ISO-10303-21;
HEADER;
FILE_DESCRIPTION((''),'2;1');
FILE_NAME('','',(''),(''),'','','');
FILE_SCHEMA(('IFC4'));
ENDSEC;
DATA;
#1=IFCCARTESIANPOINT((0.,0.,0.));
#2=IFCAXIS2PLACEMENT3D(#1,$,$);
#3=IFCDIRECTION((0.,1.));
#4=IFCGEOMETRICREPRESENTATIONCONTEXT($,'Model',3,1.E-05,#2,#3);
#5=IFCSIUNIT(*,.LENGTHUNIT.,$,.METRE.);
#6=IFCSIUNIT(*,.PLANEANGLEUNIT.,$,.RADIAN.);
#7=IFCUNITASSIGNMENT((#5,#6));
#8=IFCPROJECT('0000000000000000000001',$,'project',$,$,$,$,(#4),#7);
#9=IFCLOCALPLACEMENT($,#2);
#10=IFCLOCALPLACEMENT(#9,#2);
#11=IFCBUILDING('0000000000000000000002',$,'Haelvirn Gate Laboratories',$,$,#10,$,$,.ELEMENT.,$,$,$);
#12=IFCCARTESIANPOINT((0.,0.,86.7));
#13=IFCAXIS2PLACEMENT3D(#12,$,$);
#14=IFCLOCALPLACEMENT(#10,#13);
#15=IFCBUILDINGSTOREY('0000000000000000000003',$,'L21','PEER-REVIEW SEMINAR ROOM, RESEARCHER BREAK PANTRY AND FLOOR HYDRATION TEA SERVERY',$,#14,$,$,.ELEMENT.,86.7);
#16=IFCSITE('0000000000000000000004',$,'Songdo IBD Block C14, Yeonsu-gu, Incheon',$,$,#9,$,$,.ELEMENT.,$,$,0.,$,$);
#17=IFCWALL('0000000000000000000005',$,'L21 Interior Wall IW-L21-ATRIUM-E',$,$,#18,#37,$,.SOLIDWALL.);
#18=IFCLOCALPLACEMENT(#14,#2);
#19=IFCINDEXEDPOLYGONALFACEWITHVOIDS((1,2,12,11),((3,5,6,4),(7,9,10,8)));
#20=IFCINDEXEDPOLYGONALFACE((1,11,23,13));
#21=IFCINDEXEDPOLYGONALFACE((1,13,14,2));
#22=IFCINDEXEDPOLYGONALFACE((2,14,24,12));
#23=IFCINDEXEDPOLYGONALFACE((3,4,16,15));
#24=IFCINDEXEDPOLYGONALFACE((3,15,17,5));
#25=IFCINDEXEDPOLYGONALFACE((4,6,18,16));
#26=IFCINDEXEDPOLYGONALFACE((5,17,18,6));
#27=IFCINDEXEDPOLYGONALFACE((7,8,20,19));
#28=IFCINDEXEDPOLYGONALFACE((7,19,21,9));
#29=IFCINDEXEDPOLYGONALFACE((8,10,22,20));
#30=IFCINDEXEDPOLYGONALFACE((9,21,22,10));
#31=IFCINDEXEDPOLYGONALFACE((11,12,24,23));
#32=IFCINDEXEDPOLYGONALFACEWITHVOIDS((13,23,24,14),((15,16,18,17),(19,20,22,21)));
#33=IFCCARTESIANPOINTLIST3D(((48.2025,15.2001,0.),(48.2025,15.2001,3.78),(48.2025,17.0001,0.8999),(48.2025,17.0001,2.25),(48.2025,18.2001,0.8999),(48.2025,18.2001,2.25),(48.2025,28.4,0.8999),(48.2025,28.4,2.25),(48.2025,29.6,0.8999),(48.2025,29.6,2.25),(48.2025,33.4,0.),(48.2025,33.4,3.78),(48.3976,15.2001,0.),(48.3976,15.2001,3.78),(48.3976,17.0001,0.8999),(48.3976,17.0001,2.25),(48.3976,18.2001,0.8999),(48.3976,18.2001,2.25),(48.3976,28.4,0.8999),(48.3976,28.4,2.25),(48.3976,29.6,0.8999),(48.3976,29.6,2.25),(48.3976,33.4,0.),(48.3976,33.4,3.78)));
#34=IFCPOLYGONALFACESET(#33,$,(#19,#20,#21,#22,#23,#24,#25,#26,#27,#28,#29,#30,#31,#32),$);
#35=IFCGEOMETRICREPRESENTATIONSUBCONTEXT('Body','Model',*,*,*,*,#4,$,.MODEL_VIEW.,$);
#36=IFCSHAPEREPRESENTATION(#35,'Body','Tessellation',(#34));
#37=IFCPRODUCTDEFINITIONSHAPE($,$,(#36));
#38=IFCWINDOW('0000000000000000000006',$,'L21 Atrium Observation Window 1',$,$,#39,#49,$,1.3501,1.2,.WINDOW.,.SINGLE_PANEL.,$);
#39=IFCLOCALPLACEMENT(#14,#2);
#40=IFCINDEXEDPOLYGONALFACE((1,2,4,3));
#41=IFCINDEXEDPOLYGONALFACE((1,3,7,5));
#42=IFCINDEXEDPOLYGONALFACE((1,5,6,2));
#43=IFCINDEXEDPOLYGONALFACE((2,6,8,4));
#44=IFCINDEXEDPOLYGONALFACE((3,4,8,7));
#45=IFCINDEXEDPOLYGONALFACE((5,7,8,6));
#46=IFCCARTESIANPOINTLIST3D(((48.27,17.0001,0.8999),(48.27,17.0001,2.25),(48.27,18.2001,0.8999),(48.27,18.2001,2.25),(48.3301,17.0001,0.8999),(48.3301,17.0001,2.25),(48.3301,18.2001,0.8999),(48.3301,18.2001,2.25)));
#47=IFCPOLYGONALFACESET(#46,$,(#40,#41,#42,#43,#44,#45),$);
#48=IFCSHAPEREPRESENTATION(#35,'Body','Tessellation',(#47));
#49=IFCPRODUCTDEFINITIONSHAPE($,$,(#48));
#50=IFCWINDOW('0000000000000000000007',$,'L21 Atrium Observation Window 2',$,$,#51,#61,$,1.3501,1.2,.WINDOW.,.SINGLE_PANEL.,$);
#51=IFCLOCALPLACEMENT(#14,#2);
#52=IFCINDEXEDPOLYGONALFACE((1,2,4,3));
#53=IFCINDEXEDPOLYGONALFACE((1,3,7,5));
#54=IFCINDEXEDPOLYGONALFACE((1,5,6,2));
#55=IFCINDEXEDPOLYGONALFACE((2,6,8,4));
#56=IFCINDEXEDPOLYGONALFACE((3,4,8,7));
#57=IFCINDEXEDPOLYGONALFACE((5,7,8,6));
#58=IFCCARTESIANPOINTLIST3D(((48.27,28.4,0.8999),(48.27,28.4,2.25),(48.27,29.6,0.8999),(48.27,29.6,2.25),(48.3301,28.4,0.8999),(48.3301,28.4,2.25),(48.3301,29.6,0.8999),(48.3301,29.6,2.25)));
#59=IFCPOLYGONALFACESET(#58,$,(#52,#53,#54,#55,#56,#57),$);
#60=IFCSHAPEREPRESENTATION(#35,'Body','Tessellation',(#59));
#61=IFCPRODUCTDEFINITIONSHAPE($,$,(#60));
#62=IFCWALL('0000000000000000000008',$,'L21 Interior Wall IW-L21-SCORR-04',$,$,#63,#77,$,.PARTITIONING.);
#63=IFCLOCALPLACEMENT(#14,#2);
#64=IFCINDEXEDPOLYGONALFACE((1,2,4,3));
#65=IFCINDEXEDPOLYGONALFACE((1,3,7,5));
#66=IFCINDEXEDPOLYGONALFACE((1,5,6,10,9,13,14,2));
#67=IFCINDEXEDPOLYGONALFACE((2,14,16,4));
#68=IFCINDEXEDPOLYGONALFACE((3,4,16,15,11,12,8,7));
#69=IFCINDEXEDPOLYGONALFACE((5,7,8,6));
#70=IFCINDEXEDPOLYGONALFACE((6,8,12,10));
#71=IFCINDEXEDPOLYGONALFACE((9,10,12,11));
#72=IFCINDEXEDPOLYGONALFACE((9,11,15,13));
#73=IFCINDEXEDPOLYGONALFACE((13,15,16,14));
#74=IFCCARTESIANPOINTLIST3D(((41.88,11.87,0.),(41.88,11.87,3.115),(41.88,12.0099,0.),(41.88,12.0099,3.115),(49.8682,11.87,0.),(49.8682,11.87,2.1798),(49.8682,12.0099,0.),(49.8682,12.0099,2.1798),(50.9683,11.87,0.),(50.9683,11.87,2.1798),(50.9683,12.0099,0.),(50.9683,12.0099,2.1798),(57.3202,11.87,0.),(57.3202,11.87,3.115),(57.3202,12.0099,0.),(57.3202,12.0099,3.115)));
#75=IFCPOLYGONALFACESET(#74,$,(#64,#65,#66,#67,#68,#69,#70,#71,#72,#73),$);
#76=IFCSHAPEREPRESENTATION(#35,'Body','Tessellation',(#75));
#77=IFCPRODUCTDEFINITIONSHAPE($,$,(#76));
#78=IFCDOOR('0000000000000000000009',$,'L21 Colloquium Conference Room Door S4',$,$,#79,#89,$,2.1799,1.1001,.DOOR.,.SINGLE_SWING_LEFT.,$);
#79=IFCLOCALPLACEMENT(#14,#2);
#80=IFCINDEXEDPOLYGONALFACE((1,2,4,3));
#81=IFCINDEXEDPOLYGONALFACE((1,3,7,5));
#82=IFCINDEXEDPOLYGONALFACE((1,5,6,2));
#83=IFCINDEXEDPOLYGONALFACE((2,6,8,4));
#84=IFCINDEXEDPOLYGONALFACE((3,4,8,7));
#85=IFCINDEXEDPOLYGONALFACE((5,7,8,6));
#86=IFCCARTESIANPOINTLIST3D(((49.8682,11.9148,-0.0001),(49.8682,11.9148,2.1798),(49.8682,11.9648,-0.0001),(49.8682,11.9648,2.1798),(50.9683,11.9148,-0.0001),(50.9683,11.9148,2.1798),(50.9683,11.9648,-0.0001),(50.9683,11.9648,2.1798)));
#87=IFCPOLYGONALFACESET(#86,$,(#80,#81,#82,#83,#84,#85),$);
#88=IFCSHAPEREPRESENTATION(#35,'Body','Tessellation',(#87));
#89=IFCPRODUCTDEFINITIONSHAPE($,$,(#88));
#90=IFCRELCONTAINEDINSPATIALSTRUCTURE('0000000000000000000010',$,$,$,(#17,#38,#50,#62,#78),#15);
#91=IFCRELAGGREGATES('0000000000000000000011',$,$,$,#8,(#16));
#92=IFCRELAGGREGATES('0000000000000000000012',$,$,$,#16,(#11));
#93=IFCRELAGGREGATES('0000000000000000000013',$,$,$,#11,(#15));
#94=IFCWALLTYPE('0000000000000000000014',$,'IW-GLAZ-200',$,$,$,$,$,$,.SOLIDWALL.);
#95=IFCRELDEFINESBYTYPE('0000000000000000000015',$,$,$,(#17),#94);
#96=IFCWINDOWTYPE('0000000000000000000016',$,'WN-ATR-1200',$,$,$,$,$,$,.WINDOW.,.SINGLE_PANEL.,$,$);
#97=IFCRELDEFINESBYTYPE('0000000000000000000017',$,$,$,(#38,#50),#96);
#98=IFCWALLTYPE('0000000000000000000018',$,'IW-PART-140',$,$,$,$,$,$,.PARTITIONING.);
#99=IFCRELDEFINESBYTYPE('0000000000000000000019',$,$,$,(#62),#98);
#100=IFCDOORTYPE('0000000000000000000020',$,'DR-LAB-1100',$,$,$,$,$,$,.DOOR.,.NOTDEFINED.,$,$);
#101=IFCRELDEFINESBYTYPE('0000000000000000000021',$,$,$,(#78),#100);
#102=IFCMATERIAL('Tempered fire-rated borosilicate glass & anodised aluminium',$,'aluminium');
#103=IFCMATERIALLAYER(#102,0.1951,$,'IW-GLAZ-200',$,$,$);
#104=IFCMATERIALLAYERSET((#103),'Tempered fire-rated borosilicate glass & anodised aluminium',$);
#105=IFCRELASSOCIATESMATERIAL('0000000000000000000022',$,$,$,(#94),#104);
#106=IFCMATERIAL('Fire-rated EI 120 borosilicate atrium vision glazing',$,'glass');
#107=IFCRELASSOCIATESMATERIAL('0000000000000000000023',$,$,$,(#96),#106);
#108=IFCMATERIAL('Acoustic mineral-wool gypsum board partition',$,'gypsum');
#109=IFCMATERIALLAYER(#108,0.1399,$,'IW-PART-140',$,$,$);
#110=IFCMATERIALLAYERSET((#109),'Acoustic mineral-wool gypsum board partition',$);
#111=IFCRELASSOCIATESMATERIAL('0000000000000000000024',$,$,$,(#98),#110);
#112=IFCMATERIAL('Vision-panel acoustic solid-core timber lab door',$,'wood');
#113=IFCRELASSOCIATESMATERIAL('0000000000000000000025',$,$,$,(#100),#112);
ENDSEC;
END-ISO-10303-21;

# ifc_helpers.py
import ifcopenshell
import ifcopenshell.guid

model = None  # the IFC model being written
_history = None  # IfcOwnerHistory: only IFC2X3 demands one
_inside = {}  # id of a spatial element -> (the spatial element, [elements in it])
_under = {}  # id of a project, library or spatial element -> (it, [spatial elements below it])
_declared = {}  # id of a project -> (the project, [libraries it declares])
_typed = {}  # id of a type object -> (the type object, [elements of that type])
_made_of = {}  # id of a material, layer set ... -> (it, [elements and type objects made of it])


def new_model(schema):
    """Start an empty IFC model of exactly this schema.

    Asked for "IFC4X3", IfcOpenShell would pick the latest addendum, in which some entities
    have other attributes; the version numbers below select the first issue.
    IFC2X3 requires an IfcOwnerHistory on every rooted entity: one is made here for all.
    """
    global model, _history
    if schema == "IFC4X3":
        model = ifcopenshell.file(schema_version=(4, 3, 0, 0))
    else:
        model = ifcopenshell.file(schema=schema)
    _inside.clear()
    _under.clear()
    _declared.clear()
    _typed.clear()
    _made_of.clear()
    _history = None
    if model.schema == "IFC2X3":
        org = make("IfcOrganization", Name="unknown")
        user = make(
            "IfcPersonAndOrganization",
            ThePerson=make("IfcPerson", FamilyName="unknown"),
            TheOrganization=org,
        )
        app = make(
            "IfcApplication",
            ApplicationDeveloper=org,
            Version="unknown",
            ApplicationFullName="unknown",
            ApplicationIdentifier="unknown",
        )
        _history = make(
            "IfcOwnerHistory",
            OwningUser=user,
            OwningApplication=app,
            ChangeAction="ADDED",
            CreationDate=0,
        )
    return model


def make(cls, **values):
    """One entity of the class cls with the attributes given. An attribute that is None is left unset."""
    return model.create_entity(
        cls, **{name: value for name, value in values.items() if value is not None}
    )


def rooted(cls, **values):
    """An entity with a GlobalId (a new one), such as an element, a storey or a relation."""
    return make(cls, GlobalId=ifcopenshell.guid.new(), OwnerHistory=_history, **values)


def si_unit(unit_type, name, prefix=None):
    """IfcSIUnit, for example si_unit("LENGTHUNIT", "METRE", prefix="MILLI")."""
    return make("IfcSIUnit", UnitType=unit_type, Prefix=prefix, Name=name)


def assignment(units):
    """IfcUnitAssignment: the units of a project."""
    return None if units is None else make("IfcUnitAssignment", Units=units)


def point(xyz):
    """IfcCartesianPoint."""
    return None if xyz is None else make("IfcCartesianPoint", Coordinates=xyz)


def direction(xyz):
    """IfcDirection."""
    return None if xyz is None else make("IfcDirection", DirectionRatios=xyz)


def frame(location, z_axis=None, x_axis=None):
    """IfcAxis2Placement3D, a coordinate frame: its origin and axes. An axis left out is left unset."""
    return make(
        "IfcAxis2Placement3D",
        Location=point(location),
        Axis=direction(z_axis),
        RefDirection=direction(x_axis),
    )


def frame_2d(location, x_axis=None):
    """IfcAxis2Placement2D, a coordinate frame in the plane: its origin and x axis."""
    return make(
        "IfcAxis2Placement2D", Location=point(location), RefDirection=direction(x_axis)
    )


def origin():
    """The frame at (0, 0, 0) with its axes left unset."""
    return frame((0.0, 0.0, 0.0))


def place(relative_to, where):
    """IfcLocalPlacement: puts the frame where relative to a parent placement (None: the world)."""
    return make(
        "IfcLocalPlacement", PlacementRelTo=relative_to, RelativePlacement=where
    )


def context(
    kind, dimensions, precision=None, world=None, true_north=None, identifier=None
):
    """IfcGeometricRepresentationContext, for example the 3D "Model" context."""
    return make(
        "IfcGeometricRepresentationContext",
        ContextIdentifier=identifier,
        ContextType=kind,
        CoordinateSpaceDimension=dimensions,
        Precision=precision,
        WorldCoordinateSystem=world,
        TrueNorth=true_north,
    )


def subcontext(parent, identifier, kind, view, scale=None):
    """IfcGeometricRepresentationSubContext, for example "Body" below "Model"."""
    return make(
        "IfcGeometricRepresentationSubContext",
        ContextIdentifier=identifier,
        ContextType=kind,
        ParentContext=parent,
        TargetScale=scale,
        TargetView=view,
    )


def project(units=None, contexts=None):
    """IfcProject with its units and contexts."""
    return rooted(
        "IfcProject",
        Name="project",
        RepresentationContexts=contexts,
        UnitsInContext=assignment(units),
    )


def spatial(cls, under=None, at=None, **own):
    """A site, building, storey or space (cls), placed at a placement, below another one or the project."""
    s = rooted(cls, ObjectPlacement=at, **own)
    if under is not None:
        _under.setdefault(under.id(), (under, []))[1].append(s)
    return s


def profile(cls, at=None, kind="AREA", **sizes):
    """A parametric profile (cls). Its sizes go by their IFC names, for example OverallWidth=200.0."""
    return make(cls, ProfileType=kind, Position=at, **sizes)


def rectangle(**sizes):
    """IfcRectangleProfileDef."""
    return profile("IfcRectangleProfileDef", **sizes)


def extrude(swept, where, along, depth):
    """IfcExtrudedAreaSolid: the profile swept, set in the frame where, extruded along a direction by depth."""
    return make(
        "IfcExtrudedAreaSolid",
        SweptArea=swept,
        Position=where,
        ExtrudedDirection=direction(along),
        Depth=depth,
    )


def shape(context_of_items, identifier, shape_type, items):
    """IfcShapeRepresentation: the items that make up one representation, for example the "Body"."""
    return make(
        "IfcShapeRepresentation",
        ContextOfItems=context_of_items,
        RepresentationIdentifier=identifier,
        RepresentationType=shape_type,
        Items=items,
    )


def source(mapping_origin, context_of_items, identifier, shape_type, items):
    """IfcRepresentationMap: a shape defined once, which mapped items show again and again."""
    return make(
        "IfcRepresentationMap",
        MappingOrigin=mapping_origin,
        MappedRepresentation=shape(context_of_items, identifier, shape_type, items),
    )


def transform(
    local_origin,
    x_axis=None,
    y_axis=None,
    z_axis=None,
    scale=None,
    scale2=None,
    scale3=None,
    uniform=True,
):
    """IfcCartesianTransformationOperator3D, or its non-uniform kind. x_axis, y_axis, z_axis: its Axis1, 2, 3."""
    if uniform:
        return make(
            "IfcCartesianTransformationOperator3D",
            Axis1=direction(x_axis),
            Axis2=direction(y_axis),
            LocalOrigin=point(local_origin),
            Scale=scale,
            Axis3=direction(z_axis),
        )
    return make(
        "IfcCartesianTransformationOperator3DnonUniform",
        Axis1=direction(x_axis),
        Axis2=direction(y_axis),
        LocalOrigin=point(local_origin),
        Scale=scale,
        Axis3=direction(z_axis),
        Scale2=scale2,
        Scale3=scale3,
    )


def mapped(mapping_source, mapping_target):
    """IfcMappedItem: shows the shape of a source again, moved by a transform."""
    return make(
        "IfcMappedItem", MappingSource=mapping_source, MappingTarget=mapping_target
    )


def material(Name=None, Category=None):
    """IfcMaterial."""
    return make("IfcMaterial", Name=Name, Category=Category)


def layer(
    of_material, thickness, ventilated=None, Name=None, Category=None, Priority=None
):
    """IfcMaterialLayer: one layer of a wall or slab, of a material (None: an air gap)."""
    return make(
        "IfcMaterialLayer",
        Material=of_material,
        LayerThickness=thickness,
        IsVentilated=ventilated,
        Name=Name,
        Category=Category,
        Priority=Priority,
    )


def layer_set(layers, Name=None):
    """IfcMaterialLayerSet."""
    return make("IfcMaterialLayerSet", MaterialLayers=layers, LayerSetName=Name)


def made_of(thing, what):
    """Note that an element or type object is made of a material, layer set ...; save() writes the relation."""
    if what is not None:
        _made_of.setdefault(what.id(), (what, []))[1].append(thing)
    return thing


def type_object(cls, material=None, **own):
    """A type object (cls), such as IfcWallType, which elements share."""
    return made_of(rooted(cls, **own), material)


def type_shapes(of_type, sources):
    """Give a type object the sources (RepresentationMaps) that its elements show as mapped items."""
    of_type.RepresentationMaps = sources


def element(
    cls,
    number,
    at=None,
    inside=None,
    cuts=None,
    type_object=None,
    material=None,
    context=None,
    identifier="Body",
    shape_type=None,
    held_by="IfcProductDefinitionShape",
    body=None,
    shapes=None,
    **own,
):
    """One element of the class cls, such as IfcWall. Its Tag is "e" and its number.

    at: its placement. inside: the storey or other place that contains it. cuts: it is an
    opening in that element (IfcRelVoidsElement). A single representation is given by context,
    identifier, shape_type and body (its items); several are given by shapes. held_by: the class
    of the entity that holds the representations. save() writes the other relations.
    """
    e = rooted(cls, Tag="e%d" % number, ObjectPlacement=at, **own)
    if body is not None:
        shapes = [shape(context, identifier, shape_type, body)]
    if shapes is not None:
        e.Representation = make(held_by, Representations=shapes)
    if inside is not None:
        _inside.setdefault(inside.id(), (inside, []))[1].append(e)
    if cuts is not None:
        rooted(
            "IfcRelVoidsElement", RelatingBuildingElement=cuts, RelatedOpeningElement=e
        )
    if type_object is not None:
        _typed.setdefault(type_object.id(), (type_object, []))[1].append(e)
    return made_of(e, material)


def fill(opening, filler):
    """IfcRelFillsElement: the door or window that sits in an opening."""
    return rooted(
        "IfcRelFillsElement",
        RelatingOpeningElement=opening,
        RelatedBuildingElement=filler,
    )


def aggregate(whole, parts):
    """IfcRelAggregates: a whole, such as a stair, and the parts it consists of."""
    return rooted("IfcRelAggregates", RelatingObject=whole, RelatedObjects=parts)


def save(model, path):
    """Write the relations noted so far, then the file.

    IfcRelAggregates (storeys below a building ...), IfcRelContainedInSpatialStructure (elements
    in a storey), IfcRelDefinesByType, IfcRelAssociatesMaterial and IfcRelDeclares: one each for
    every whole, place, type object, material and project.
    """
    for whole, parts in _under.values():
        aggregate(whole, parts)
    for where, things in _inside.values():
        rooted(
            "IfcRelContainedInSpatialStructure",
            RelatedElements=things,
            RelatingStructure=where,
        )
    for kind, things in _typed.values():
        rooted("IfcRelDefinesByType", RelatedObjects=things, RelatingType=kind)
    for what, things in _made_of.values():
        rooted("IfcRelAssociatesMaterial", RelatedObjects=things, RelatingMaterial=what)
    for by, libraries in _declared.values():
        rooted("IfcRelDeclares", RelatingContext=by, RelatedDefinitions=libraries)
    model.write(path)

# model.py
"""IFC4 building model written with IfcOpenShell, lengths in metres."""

from ifc_helpers import new_model, si_unit, direction, frame, frame_2d, origin, place, context, subcontext, project, spatial, rectangle, extrude, source, transform, mapped, material, layer, layer_set, type_object, type_shapes, element, fill, save


model = new_model("IFC4")

# Units and contexts
model_context = context("Model", 3, precision=1e-05, world=origin(), true_north=direction((0.0, 1.0)))
body_context = subcontext(model_context, "Body", "Model", "MODEL_VIEW")
ifc_project = project(units=[si_unit("LENGTHUNIT", "METRE"), si_unit("PLANEANGLEUNIT", "RADIAN")], contexts=[model_context])

# Site, building, storey
site_placement = place(None, origin())
site = spatial("IfcSite", under=ifc_project, at=site_placement, Name="Songdo IBD Block C14, Yeonsu-gu, Incheon", CompositionType="ELEMENT", RefElevation=0.0)
building_placement = place(site_placement, origin())
building = spatial("IfcBuilding", under=site, at=building_placement, Name="Haelvirn Gate Laboratories", CompositionType="ELEMENT")
storey_placement = place(building_placement, frame((0.0, 0.0, 86.7)))
storey = spatial("IfcBuildingStorey", under=building, at=storey_placement, Name="L21", Description="PEER-REVIEW SEMINAR ROOM, RESEARCHER BREAK PANTRY AND FLOOR HYDRATION TEA SERVERY", CompositionType="ELEMENT", Elevation=86.7)

# Wall, openings, windows
ifc_material_1 = material(Name="Tempered fire-rated borosilicate glass & anodised aluminium", Category="aluminium")
ifc_layer_1 = layer(ifc_material_1, 0.1951, Name="IW-GLAZ-200")
ifc_layer_set_1 = layer_set([ifc_layer_1], Name="Tempered fire-rated borosilicate glass & anodised aluminium")
wall_type_1 = type_object("IfcWallType", Name="IW-GLAZ-200", PredefinedType="SOLIDWALL", material=ifc_layer_set_1)
wall_1_placement = place(storey_placement, frame((48.3, 15.2, 0.0), z_axis=(0.0, 0.0, 1.0), x_axis=(0.0, 1.0, 0.0)))
wall_1 = element("IfcWall", 1, at=wall_1_placement, inside=storey, type_object=wall_type_1, Name="L21 Interior Wall IW-L21-ATRIUM-E", PredefinedType="SOLIDWALL", context=body_context, shape_type="SweptSolid", body=[
    extrude(rectangle(XDim=18.2, YDim=0.1951, at=frame_2d((9.1001, 0.0))), origin(), (0.0, 0.0, 1.0), 3.78),
])
opening_1_placement = place(wall_1_placement, frame((1.8, 0.0, 0.8999)))
opening_1 = element("IfcOpeningElement", 2, at=opening_1_placement, cuts=wall_1, PredefinedType="OPENING", context=body_context, shape_type="SweptSolid", body=[
    extrude(rectangle(XDim=1.2, YDim=1.3501, at=frame_2d((0.6001, 0.675))), frame((0.0, 0.1074, 0.0), z_axis=(0.0, -1.0, 0.0), x_axis=(1.0, 0.0, 0.0)), (0.0, 0.0, 1.0), 0.2151),
])
opening_2_placement = place(wall_1_placement, frame((13.2, 0.0, 0.8999)))
opening_2 = element("IfcOpeningElement", 3, at=opening_2_placement, cuts=wall_1, PredefinedType="OPENING", context=body_context, shape_type="SweptSolid", body=[
    extrude(rectangle(XDim=1.2, YDim=1.3501, at=frame_2d((0.6001, 0.675))), frame((0.0, 0.1074, 0.0), z_axis=(0.0, -1.0, 0.0), x_axis=(1.0, 0.0, 0.0)), (0.0, 0.0, 1.0), 0.2151),
])
ifc_material_2 = material(Name="Fire-rated EI 120 borosilicate atrium vision glazing", Category="glass")
window_type = type_object("IfcWindowType", Name="WN-ATR-1200", PartitioningType="SINGLE_PANEL", PredefinedType="WINDOW", material=ifc_material_2)
shared_shape_1 = source(origin(), body_context, "Body", "SweptSolid", [
    extrude(rectangle(XDim=1.2, YDim=1.3501, at=frame_2d((0.6001, 0.675))), frame((0.0, 0.03, 0.0), z_axis=(0.0, -1.0, 0.0), x_axis=(1.0, 0.0, 0.0)), (0.0, 0.0, 1.0), 0.0601),
])
type_shapes(window_type, [shared_shape_1])
window_1_placement = place(opening_1_placement, origin())
window_1 = element("IfcWindow", 4, at=window_1_placement, inside=storey, type_object=window_type, Name="L21 Atrium Observation Window 1", OverallHeight=1.3501, OverallWidth=1.2, PartitioningType="SINGLE_PANEL", PredefinedType="WINDOW", context=body_context, shape_type="MappedRepresentation", body=[
    mapped(shared_shape_1, transform((0.0, 0.0, 0.0), scale=1.0)),
])
fill(opening_1, window_1)
window_2_placement = place(opening_2_placement, origin())
window_2 = element("IfcWindow", 5, at=window_2_placement, inside=storey, type_object=window_type, Name="L21 Atrium Observation Window 2", OverallHeight=1.3501, OverallWidth=1.2, PartitioningType="SINGLE_PANEL", PredefinedType="WINDOW", context=body_context, shape_type="MappedRepresentation", body=[
    mapped(shared_shape_1, transform((0.0, 0.0, 0.0), scale=1.0)),
])
fill(opening_2, window_2)

# Wall, opening, door
ifc_material_3 = material(Name="Acoustic mineral-wool gypsum board partition", Category="gypsum")
ifc_layer_2 = layer(ifc_material_3, 0.1399, Name="IW-PART-140")
ifc_layer_set_2 = layer_set([ifc_layer_2], Name="Acoustic mineral-wool gypsum board partition")
wall_type_2 = type_object("IfcWallType", Name="IW-PART-140", PredefinedType="PARTITIONING", material=ifc_layer_set_2)
wall_2_placement = place(storey_placement, frame((41.8799, 11.9399, 0.0), z_axis=(0.0, 0.0, 1.0), x_axis=(1.0, 0.0, 0.0)))
wall_2 = element("IfcWall", 6, at=wall_2_placement, inside=storey, type_object=wall_type_2, Name="L21 Interior Wall IW-L21-SCORR-04", PredefinedType="PARTITIONING", context=body_context, shape_type="SweptSolid", body=[
    extrude(rectangle(XDim=15.4402, YDim=0.1399, at=frame_2d((7.7202, 0.0))), origin(), (0.0, 0.0, 1.0), 3.115),
])
opening_3_placement = place(wall_2_placement, frame((7.9883, 0.0, 0.0)))
opening_3 = element("IfcOpeningElement", 7, at=opening_3_placement, cuts=wall_2, PredefinedType="OPENING", context=body_context, shape_type="SweptSolid", body=[
    extrude(rectangle(XDim=1.1001, YDim=2.1799, at=frame_2d((0.55, 1.0898))), frame((0.0, 0.0801, 0.0), z_axis=(0.0, -1.0, 0.0), x_axis=(1.0, 0.0, 0.0)), (0.0, 0.0, 1.0), 0.1599),
])
ifc_material_4 = material(Name="Vision-panel acoustic solid-core timber lab door", Category="wood")
door_type = type_object("IfcDoorType", Name="DR-LAB-1100", OperationType="NOTDEFINED", PredefinedType="DOOR", material=ifc_material_4)
shared_shape_2 = source(origin(), body_context, "Body", "SweptSolid", [
    extrude(rectangle(XDim=1.1001, YDim=2.1799, at=frame_2d((0.55, 1.0898))), frame((0.0, 0.0249, 0.0), z_axis=(0.0, -1.0, 0.0), x_axis=(1.0, 0.0, 0.0)), (0.0, 0.0, 1.0), 0.05),
])
type_shapes(door_type, [shared_shape_2])
door_placement = place(opening_3_placement, origin())
door = element("IfcDoor", 8, at=door_placement, inside=storey, type_object=door_type, Name="L21 Colloquium Conference Room Door S4", OperationType="SINGLE_SWING_LEFT", OverallHeight=2.1799, OverallWidth=1.1001, PredefinedType="DOOR", context=body_context, shape_type="MappedRepresentation", body=[
    mapped(shared_shape_2, transform((0.0, 0.0, 0.0), scale=1.0)),
])
fill(opening_3, door)

save(model, "model.ifc")
